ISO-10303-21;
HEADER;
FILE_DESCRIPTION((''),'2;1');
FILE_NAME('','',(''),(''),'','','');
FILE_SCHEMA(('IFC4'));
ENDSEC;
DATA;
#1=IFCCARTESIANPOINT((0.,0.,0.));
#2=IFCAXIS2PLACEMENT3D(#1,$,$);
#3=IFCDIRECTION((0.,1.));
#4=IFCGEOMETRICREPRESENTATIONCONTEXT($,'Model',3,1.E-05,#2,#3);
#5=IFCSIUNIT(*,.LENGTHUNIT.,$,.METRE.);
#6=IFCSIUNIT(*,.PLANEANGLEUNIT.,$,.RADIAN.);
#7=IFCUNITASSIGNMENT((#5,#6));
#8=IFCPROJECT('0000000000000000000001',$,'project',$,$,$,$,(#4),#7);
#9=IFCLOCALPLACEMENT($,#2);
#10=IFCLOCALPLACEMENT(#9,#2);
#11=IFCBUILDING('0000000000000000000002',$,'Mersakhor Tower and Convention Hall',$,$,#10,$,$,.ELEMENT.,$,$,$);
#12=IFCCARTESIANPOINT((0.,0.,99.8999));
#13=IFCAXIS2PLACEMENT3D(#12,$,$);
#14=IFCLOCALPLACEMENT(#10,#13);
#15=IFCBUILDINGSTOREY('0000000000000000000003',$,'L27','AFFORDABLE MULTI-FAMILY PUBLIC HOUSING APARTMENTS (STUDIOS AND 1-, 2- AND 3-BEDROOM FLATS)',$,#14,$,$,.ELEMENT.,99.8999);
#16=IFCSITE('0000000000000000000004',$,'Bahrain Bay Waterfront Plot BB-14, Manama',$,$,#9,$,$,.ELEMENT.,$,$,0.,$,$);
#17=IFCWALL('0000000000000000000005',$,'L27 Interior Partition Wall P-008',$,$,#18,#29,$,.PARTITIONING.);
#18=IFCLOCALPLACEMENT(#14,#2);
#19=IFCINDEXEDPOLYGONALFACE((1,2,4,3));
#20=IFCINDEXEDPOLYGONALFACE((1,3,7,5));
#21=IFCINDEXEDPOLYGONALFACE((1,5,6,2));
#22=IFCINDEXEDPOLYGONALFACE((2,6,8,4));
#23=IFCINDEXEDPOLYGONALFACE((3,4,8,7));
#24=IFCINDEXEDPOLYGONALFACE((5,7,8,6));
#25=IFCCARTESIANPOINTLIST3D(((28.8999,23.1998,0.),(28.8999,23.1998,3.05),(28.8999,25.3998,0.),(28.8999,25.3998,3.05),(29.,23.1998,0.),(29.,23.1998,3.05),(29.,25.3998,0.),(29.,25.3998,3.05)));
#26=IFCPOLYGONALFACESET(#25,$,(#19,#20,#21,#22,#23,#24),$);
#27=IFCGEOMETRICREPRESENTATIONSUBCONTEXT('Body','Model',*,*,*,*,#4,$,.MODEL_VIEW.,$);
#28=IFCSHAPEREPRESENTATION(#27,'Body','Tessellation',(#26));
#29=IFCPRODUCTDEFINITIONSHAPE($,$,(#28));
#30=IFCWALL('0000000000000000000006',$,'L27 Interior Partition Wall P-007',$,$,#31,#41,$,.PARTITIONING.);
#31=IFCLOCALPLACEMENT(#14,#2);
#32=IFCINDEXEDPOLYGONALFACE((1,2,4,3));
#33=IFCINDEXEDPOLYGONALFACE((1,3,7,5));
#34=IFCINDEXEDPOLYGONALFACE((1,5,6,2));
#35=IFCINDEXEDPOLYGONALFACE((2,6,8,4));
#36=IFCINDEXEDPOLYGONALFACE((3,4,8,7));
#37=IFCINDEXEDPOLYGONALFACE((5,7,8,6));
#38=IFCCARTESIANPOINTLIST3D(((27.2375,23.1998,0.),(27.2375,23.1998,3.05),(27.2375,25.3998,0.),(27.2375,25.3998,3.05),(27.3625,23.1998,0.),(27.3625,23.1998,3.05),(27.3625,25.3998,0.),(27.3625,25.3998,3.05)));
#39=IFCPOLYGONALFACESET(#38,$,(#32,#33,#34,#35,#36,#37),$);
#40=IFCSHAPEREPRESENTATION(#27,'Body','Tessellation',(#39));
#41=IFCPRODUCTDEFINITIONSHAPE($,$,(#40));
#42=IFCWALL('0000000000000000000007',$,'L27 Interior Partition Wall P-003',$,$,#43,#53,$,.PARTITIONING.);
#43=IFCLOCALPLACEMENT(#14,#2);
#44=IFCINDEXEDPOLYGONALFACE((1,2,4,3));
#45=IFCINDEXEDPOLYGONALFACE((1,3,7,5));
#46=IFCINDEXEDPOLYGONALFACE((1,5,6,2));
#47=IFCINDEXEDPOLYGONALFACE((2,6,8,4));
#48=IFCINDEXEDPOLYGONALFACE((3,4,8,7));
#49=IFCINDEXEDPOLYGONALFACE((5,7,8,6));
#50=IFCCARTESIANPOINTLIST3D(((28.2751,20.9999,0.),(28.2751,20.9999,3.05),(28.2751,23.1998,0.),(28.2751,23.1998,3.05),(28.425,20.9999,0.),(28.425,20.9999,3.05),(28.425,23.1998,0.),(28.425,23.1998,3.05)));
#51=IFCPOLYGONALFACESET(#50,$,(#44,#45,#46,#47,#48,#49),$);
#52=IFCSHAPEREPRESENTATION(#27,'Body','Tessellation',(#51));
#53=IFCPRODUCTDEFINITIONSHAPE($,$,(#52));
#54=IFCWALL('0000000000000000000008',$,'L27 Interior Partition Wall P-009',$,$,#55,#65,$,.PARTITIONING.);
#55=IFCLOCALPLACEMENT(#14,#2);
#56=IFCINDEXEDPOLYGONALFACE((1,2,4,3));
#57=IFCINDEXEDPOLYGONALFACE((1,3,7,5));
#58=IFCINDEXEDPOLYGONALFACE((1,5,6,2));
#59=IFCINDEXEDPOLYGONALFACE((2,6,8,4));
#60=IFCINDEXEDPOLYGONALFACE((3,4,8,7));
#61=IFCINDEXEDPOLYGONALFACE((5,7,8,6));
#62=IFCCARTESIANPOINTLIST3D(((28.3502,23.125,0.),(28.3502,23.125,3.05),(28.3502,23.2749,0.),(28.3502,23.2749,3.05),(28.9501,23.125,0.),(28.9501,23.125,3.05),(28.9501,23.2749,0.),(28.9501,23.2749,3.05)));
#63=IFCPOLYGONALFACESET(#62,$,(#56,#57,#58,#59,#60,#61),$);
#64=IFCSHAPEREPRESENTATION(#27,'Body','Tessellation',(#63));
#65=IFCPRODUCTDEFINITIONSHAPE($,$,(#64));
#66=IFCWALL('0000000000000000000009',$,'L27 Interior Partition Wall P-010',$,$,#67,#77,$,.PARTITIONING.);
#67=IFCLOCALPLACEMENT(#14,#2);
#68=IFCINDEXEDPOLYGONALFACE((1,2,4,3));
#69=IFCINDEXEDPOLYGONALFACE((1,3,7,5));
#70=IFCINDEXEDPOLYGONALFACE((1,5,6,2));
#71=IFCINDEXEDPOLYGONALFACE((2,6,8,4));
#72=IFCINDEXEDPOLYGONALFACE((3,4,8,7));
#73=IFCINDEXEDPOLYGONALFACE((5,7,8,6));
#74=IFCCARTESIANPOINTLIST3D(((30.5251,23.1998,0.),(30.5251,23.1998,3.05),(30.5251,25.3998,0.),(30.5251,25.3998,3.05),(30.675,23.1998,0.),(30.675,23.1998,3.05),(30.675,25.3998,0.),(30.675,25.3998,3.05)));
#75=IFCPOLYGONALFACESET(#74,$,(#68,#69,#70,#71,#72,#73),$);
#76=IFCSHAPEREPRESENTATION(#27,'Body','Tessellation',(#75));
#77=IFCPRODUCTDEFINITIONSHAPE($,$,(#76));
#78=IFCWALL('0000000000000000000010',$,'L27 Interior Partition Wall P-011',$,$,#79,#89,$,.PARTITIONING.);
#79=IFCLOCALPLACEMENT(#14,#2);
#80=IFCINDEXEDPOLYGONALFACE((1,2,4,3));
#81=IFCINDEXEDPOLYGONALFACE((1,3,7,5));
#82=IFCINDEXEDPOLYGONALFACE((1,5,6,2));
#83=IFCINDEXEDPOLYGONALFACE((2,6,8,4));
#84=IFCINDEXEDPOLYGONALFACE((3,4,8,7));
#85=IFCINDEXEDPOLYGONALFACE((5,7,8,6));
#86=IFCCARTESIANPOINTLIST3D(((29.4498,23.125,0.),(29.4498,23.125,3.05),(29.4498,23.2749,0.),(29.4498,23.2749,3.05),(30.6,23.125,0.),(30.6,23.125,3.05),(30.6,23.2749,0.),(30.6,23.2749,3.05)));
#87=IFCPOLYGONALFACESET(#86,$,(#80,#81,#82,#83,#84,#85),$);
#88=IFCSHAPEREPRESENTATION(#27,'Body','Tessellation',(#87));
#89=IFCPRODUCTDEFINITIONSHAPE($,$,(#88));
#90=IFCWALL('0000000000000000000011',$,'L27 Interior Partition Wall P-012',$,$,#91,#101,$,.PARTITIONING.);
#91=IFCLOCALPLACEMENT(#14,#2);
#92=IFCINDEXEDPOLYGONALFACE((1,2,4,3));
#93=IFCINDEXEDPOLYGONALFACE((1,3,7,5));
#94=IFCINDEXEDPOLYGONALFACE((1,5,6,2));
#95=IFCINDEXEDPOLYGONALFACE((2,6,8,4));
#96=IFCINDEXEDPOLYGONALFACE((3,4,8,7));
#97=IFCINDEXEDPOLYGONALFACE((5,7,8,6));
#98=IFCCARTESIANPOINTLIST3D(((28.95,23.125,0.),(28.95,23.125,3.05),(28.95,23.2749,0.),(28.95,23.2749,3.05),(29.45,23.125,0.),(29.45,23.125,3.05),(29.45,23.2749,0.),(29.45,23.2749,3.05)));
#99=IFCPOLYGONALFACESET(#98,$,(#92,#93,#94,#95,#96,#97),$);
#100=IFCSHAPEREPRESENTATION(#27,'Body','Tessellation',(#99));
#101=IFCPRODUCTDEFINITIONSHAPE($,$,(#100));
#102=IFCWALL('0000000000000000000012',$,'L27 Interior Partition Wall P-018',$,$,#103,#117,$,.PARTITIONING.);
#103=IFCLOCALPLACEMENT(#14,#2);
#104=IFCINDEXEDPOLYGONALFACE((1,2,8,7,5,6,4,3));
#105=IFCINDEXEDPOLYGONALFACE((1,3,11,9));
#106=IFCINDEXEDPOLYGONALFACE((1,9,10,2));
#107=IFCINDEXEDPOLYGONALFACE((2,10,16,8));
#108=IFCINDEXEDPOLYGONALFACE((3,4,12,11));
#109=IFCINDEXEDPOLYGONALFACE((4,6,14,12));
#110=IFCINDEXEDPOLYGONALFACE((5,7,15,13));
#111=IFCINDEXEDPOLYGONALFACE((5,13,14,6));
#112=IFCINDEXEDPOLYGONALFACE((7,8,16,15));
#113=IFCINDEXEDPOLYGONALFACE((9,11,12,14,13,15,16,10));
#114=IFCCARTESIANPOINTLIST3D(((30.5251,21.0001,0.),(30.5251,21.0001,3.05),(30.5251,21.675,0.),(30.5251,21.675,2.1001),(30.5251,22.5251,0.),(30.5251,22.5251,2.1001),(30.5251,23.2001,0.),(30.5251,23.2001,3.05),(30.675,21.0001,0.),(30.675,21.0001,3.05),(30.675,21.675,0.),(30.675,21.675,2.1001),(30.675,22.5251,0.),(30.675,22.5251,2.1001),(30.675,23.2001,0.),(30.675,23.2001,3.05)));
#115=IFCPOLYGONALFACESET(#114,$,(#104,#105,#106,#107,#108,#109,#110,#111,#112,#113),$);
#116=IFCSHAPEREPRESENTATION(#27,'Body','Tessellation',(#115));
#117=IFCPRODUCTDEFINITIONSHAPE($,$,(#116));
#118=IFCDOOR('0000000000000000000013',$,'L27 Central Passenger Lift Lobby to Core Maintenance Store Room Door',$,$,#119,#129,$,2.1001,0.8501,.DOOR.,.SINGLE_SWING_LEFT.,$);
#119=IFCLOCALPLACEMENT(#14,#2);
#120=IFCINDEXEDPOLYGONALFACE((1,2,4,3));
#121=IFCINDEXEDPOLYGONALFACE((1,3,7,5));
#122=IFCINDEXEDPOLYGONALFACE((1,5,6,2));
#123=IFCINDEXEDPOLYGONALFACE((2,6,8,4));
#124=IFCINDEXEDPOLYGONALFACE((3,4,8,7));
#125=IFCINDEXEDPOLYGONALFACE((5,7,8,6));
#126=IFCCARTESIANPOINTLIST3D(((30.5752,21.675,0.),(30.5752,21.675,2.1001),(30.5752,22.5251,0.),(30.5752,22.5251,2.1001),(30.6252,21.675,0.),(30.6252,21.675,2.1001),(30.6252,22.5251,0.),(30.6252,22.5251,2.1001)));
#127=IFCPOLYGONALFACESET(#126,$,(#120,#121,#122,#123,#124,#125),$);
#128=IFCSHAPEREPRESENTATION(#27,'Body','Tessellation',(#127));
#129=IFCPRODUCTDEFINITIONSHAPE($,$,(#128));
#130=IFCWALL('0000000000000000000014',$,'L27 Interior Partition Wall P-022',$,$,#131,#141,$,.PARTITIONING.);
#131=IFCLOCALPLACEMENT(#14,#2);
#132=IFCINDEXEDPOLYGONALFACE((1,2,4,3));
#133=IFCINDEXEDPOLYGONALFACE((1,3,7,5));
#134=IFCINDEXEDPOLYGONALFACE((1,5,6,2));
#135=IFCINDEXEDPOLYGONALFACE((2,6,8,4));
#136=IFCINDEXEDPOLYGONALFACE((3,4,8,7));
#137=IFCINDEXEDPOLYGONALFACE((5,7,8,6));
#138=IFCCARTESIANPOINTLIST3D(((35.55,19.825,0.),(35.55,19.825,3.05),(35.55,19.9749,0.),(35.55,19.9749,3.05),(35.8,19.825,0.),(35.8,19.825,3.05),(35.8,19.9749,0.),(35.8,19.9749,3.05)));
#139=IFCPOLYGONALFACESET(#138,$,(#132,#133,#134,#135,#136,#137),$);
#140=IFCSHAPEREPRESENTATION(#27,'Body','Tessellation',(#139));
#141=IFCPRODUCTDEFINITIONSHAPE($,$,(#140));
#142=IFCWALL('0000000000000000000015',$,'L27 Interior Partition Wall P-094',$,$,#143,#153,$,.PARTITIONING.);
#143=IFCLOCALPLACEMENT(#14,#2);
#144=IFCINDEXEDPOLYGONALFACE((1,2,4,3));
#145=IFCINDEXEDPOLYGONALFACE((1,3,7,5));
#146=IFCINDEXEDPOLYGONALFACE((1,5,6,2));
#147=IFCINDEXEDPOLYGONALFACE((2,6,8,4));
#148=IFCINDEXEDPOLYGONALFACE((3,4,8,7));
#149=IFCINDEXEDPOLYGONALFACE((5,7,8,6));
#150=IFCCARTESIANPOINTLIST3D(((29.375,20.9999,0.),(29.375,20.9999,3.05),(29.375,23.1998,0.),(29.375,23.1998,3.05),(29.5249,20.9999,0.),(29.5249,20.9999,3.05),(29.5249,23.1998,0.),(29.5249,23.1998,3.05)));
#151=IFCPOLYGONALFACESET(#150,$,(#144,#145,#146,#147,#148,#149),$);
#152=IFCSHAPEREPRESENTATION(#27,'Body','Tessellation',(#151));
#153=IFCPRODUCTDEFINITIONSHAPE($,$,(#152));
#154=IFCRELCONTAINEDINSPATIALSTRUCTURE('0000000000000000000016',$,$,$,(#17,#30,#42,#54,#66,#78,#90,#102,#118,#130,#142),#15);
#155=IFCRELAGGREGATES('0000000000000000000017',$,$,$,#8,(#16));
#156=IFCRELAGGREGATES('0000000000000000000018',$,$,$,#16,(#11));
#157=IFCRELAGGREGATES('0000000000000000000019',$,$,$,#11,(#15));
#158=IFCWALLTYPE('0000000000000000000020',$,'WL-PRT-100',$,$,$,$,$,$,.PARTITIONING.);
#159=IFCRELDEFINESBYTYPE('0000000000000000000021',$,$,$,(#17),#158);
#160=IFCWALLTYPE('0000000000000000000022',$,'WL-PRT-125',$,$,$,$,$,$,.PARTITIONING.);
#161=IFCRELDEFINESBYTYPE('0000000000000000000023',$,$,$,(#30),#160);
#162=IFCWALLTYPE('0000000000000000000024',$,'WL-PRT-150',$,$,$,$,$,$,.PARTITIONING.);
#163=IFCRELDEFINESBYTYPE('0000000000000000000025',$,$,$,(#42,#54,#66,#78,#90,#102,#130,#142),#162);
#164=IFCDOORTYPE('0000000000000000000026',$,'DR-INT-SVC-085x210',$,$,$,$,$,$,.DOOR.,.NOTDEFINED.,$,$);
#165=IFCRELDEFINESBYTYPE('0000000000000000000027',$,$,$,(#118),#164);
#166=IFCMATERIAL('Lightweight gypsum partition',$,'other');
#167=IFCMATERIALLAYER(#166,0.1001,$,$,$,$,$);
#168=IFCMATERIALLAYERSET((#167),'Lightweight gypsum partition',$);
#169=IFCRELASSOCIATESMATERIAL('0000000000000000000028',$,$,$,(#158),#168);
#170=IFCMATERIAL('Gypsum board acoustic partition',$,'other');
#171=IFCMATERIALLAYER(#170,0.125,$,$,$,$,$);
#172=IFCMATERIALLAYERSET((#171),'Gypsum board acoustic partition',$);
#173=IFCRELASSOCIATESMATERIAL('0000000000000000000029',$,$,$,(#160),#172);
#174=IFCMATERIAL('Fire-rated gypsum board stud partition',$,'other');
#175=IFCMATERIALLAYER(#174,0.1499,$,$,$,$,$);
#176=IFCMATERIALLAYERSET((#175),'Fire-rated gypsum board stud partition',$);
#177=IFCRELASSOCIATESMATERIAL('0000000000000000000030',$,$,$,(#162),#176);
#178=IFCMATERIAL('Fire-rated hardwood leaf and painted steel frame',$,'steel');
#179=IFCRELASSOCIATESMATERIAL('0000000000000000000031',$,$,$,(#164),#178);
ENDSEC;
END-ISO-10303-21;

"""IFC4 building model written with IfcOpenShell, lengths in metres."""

from ifc_helpers import new_model, si_unit, direction, frame, frame_2d, origin, place, context, subcontext, project, spatial, rectangle, extrude, material, layer, layer_set, type_object, element, fill, save


model = new_model("IFC4")

# Units and contexts
model_context = context("Model", 3, precision=1e-05, world=origin(), true_north=direction((0.0, 1.0)))
body_context = subcontext(model_context, "Body", "Model", "MODEL_VIEW")
ifc_project = project(units=[si_unit("LENGTHUNIT", "METRE"), si_unit("PLANEANGLEUNIT", "RADIAN")], contexts=[model_context])

# Site, building, storey
site_placement = place(None, origin())
site = spatial("IfcSite", under=ifc_project, at=site_placement, Name="Bahrain Bay Waterfront Plot BB-14, Manama", CompositionType="ELEMENT", RefElevation=0.0)
building_placement = place(site_placement, origin())
building = spatial("IfcBuilding", under=site, at=building_placement, Name="Mersakhor Tower and Convention Hall", CompositionType="ELEMENT")
storey_placement = place(building_placement, frame((0.0, 0.0, 99.8999)))
storey = spatial("IfcBuildingStorey", under=building, at=storey_placement, Name="L27", Description="AFFORDABLE MULTI-FAMILY PUBLIC HOUSING APARTMENTS (STUDIOS AND 1-, 2- AND 3-BEDROOM FLATS)", CompositionType="ELEMENT", Elevation=99.8999)

# Walls
ifc_material_1 = material(Name="Lightweight gypsum partition", Category="other")
ifc_layer_1 = layer(ifc_material_1, 0.1001)
ifc_layer_set_1 = layer_set([ifc_layer_1], Name="Lightweight gypsum partition")
wall_type_1 = type_object("IfcWallType", Name="WL-PRT-100", PredefinedType="PARTITIONING", material=ifc_layer_set_1)
wall_1_placement = place(storey_placement, frame((28.95, 25.3999, 0.0), z_axis=(0.0, 0.0, 1.0), x_axis=(0.0, -1.0, 0.0)))
element("IfcWall", 1, at=wall_1_placement, inside=storey, type_object=wall_type_1, Name="L27 Interior Partition Wall P-008", PredefinedType="PARTITIONING", context=body_context, shape_type="SweptSolid", body=[
    extrude(rectangle(XDim=2.2, YDim=0.1001, at=frame_2d((1.1001, 0.0))), origin(), (0.0, 0.0, 1.0), 3.05),
])
ifc_material_2 = material(Name="Gypsum board acoustic partition", Category="other")
ifc_layer_2 = layer(ifc_material_2, 0.125)
ifc_layer_set_2 = layer_set([ifc_layer_2], Name="Gypsum board acoustic partition")
wall_type_2 = type_object("IfcWallType", Name="WL-PRT-125", PredefinedType="PARTITIONING", material=ifc_layer_set_2)
wall_2_placement = place(storey_placement, frame((27.3, 25.3999, 0.0), z_axis=(0.0, 0.0, 1.0), x_axis=(0.0, -1.0, 0.0)))
element("IfcWall", 2, at=wall_2_placement, inside=storey, type_object=wall_type_2, Name="L27 Interior Partition Wall P-007", PredefinedType="PARTITIONING", context=body_context, shape_type="SweptSolid", body=[
    extrude(rectangle(XDim=2.2, YDim=0.125, at=frame_2d((1.1001, 0.0))), origin(), (0.0, 0.0, 1.0), 3.05),
])
ifc_material_3 = material(Name="Fire-rated gypsum board stud partition", Category="other")
ifc_layer_3 = layer(ifc_material_3, 0.1499)
ifc_layer_set_3 = layer_set([ifc_layer_3], Name="Fire-rated gypsum board stud partition")
wall_type_3 = type_object("IfcWallType", Name="WL-PRT-150", PredefinedType="PARTITIONING", material=ifc_layer_set_3)
wall_3_placement = place(storey_placement, frame((28.3501, 23.2, 0.0), z_axis=(0.0, 0.0, 1.0), x_axis=(0.0, -1.0, 0.0)))
element("IfcWall", 3, at=wall_3_placement, inside=storey, type_object=wall_type_3, Name="L27 Interior Partition Wall P-003", PredefinedType="PARTITIONING", context=body_context, shape_type="SweptSolid", body=[
    extrude(rectangle(XDim=2.2, YDim=0.1499, at=frame_2d((1.1001, 0.0))), origin(), (0.0, 0.0, 1.0), 3.05),
])
wall_4_placement = place(storey_placement, frame((28.95, 23.2, 0.0), z_axis=(0.0, 0.0, 1.0), x_axis=(-1.0, 0.0, 0.0)))
element("IfcWall", 4, at=wall_4_placement, inside=storey, type_object=wall_type_3, Name="L27 Interior Partition Wall P-009", PredefinedType="PARTITIONING", context=body_context, shape_type="SweptSolid", body=[
    extrude(rectangle(XDim=0.5999, YDim=0.1499, at=frame_2d((0.2998, 0.0))), origin(), (0.0, 0.0, 1.0), 3.05),
])
wall_5_placement = place(storey_placement, frame((30.6001, 25.3999, 0.0), z_axis=(0.0, 0.0, 1.0), x_axis=(0.0, -1.0, 0.0)))
element("IfcWall", 5, at=wall_5_placement, inside=storey, type_object=wall_type_3, Name="L27 Interior Partition Wall P-010", PredefinedType="PARTITIONING", context=body_context, shape_type="SweptSolid", body=[
    extrude(rectangle(XDim=2.2, YDim=0.1499, at=frame_2d((1.1001, 0.0))), origin(), (0.0, 0.0, 1.0), 3.05),
])
wall_6_placement = place(storey_placement, frame((30.6001, 23.2, 0.0), z_axis=(0.0, 0.0, 1.0), x_axis=(-1.0, 0.0, 0.0)))
element("IfcWall", 6, at=wall_6_placement, inside=storey, type_object=wall_type_3, Name="L27 Interior Partition Wall P-011", PredefinedType="PARTITIONING", context=body_context, shape_type="SweptSolid", body=[
    extrude(rectangle(XDim=1.1501, YDim=0.1499, at=frame_2d((0.5752, 0.0))), origin(), (0.0, 0.0, 1.0), 3.05),
])
wall_7_placement = place(storey_placement, frame((29.45, 23.2, 0.0), z_axis=(0.0, 0.0, 1.0), x_axis=(-1.0, 0.0, 0.0)))
element("IfcWall", 7, at=wall_7_placement, inside=storey, type_object=wall_type_3, Name="L27 Interior Partition Wall P-012", PredefinedType="PARTITIONING", context=body_context, shape_type="SweptSolid", body=[
    extrude(rectangle(XDim=0.5, YDim=0.1499, at=frame_2d((0.25, 0.0))), origin(), (0.0, 0.0, 1.0), 3.05),
])

# Wall, opening, door
wall_8_placement = place(storey_placement, frame((30.6001, 21.0, 0.0), z_axis=(0.0, 0.0, 1.0), x_axis=(0.0, 1.0, 0.0)))
wall_8 = element("IfcWall", 8, at=wall_8_placement, inside=storey, type_object=wall_type_3, Name="L27 Interior Partition Wall P-018", PredefinedType="PARTITIONING", context=body_context, shape_type="SweptSolid", body=[
    extrude(rectangle(XDim=2.2, YDim=0.1499, at=frame_2d((1.1001, 0.0))), origin(), (0.0, 0.0, 1.0), 3.05),
])
opening_1_placement = place(wall_8_placement, frame((0.675, 0.0, 0.0)))
opening_1 = element("IfcOpeningElement", 9, at=opening_1_placement, cuts=wall_8, PredefinedType="OPENING", context=body_context, shape_type="SweptSolid", body=[
    extrude(rectangle(XDim=0.8501, YDim=2.1001, at=frame_2d((0.425, 1.05))), frame((0.0, 0.085, 0.0), z_axis=(0.0, -1.0, 0.0), x_axis=(1.0, 0.0, 0.0)), (0.0, 0.0, 1.0), 0.1699),
])
ifc_material_4 = material(Name="Fire-rated hardwood leaf and painted steel frame", Category="steel")
door_type_1 = type_object("IfcDoorType", Name="DR-INT-SVC-085x210", OperationType="NOTDEFINED", PredefinedType="DOOR", material=ifc_material_4)
door_1_placement = place(opening_1_placement, origin())
door_1 = element("IfcDoor", 10, at=door_1_placement, inside=storey, type_object=door_type_1, Name="L27 Central Passenger Lift Lobby to Core Maintenance Store Room Door", OperationType="SINGLE_SWING_LEFT", OverallHeight=2.1001, OverallWidth=0.8501, PredefinedType="DOOR", context=body_context, shape_type="SweptSolid", body=[
    extrude(rectangle(XDim=0.8501, YDim=2.1001, at=frame_2d((0.425, 1.05))), frame((0.0, 0.0249, 0.0), z_axis=(0.0, -1.0, 0.0), x_axis=(1.0, 0.0, 0.0)), (0.0, 0.0, 1.0), 0.05),
])
fill(opening_1, door_1)

# Walls
wall_9_placement = place(storey_placement, frame((35.55, 19.8999, 0.0), z_axis=(0.0, 0.0, 1.0), x_axis=(1.0, 0.0, 0.0)))
element("IfcWall", 11, at=wall_9_placement, inside=storey, type_object=wall_type_3, Name="L27 Interior Partition Wall P-022", PredefinedType="PARTITIONING", context=body_context, shape_type="SweptSolid", body=[
    extrude(rectangle(XDim=0.25, YDim=0.1499, at=frame_2d((0.125, 0.0))), origin(), (0.0, 0.0, 1.0), 3.05),
])
wall_10_placement = place(storey_placement, frame((29.45, 23.2, 0.0), z_axis=(0.0, 0.0, 1.0), x_axis=(0.0, -1.0, 0.0)))
element("IfcWall", 12, at=wall_10_placement, inside=storey, type_object=wall_type_3, Name="L27 Interior Partition Wall P-094", PredefinedType="PARTITIONING", context=body_context, shape_type="SweptSolid", body=[
    extrude(rectangle(XDim=2.2, YDim=0.1499, at=frame_2d((1.1001, 0.0))), origin(), (0.0, 0.0, 1.0), 3.05),
])

save(model, "model.ifc")
